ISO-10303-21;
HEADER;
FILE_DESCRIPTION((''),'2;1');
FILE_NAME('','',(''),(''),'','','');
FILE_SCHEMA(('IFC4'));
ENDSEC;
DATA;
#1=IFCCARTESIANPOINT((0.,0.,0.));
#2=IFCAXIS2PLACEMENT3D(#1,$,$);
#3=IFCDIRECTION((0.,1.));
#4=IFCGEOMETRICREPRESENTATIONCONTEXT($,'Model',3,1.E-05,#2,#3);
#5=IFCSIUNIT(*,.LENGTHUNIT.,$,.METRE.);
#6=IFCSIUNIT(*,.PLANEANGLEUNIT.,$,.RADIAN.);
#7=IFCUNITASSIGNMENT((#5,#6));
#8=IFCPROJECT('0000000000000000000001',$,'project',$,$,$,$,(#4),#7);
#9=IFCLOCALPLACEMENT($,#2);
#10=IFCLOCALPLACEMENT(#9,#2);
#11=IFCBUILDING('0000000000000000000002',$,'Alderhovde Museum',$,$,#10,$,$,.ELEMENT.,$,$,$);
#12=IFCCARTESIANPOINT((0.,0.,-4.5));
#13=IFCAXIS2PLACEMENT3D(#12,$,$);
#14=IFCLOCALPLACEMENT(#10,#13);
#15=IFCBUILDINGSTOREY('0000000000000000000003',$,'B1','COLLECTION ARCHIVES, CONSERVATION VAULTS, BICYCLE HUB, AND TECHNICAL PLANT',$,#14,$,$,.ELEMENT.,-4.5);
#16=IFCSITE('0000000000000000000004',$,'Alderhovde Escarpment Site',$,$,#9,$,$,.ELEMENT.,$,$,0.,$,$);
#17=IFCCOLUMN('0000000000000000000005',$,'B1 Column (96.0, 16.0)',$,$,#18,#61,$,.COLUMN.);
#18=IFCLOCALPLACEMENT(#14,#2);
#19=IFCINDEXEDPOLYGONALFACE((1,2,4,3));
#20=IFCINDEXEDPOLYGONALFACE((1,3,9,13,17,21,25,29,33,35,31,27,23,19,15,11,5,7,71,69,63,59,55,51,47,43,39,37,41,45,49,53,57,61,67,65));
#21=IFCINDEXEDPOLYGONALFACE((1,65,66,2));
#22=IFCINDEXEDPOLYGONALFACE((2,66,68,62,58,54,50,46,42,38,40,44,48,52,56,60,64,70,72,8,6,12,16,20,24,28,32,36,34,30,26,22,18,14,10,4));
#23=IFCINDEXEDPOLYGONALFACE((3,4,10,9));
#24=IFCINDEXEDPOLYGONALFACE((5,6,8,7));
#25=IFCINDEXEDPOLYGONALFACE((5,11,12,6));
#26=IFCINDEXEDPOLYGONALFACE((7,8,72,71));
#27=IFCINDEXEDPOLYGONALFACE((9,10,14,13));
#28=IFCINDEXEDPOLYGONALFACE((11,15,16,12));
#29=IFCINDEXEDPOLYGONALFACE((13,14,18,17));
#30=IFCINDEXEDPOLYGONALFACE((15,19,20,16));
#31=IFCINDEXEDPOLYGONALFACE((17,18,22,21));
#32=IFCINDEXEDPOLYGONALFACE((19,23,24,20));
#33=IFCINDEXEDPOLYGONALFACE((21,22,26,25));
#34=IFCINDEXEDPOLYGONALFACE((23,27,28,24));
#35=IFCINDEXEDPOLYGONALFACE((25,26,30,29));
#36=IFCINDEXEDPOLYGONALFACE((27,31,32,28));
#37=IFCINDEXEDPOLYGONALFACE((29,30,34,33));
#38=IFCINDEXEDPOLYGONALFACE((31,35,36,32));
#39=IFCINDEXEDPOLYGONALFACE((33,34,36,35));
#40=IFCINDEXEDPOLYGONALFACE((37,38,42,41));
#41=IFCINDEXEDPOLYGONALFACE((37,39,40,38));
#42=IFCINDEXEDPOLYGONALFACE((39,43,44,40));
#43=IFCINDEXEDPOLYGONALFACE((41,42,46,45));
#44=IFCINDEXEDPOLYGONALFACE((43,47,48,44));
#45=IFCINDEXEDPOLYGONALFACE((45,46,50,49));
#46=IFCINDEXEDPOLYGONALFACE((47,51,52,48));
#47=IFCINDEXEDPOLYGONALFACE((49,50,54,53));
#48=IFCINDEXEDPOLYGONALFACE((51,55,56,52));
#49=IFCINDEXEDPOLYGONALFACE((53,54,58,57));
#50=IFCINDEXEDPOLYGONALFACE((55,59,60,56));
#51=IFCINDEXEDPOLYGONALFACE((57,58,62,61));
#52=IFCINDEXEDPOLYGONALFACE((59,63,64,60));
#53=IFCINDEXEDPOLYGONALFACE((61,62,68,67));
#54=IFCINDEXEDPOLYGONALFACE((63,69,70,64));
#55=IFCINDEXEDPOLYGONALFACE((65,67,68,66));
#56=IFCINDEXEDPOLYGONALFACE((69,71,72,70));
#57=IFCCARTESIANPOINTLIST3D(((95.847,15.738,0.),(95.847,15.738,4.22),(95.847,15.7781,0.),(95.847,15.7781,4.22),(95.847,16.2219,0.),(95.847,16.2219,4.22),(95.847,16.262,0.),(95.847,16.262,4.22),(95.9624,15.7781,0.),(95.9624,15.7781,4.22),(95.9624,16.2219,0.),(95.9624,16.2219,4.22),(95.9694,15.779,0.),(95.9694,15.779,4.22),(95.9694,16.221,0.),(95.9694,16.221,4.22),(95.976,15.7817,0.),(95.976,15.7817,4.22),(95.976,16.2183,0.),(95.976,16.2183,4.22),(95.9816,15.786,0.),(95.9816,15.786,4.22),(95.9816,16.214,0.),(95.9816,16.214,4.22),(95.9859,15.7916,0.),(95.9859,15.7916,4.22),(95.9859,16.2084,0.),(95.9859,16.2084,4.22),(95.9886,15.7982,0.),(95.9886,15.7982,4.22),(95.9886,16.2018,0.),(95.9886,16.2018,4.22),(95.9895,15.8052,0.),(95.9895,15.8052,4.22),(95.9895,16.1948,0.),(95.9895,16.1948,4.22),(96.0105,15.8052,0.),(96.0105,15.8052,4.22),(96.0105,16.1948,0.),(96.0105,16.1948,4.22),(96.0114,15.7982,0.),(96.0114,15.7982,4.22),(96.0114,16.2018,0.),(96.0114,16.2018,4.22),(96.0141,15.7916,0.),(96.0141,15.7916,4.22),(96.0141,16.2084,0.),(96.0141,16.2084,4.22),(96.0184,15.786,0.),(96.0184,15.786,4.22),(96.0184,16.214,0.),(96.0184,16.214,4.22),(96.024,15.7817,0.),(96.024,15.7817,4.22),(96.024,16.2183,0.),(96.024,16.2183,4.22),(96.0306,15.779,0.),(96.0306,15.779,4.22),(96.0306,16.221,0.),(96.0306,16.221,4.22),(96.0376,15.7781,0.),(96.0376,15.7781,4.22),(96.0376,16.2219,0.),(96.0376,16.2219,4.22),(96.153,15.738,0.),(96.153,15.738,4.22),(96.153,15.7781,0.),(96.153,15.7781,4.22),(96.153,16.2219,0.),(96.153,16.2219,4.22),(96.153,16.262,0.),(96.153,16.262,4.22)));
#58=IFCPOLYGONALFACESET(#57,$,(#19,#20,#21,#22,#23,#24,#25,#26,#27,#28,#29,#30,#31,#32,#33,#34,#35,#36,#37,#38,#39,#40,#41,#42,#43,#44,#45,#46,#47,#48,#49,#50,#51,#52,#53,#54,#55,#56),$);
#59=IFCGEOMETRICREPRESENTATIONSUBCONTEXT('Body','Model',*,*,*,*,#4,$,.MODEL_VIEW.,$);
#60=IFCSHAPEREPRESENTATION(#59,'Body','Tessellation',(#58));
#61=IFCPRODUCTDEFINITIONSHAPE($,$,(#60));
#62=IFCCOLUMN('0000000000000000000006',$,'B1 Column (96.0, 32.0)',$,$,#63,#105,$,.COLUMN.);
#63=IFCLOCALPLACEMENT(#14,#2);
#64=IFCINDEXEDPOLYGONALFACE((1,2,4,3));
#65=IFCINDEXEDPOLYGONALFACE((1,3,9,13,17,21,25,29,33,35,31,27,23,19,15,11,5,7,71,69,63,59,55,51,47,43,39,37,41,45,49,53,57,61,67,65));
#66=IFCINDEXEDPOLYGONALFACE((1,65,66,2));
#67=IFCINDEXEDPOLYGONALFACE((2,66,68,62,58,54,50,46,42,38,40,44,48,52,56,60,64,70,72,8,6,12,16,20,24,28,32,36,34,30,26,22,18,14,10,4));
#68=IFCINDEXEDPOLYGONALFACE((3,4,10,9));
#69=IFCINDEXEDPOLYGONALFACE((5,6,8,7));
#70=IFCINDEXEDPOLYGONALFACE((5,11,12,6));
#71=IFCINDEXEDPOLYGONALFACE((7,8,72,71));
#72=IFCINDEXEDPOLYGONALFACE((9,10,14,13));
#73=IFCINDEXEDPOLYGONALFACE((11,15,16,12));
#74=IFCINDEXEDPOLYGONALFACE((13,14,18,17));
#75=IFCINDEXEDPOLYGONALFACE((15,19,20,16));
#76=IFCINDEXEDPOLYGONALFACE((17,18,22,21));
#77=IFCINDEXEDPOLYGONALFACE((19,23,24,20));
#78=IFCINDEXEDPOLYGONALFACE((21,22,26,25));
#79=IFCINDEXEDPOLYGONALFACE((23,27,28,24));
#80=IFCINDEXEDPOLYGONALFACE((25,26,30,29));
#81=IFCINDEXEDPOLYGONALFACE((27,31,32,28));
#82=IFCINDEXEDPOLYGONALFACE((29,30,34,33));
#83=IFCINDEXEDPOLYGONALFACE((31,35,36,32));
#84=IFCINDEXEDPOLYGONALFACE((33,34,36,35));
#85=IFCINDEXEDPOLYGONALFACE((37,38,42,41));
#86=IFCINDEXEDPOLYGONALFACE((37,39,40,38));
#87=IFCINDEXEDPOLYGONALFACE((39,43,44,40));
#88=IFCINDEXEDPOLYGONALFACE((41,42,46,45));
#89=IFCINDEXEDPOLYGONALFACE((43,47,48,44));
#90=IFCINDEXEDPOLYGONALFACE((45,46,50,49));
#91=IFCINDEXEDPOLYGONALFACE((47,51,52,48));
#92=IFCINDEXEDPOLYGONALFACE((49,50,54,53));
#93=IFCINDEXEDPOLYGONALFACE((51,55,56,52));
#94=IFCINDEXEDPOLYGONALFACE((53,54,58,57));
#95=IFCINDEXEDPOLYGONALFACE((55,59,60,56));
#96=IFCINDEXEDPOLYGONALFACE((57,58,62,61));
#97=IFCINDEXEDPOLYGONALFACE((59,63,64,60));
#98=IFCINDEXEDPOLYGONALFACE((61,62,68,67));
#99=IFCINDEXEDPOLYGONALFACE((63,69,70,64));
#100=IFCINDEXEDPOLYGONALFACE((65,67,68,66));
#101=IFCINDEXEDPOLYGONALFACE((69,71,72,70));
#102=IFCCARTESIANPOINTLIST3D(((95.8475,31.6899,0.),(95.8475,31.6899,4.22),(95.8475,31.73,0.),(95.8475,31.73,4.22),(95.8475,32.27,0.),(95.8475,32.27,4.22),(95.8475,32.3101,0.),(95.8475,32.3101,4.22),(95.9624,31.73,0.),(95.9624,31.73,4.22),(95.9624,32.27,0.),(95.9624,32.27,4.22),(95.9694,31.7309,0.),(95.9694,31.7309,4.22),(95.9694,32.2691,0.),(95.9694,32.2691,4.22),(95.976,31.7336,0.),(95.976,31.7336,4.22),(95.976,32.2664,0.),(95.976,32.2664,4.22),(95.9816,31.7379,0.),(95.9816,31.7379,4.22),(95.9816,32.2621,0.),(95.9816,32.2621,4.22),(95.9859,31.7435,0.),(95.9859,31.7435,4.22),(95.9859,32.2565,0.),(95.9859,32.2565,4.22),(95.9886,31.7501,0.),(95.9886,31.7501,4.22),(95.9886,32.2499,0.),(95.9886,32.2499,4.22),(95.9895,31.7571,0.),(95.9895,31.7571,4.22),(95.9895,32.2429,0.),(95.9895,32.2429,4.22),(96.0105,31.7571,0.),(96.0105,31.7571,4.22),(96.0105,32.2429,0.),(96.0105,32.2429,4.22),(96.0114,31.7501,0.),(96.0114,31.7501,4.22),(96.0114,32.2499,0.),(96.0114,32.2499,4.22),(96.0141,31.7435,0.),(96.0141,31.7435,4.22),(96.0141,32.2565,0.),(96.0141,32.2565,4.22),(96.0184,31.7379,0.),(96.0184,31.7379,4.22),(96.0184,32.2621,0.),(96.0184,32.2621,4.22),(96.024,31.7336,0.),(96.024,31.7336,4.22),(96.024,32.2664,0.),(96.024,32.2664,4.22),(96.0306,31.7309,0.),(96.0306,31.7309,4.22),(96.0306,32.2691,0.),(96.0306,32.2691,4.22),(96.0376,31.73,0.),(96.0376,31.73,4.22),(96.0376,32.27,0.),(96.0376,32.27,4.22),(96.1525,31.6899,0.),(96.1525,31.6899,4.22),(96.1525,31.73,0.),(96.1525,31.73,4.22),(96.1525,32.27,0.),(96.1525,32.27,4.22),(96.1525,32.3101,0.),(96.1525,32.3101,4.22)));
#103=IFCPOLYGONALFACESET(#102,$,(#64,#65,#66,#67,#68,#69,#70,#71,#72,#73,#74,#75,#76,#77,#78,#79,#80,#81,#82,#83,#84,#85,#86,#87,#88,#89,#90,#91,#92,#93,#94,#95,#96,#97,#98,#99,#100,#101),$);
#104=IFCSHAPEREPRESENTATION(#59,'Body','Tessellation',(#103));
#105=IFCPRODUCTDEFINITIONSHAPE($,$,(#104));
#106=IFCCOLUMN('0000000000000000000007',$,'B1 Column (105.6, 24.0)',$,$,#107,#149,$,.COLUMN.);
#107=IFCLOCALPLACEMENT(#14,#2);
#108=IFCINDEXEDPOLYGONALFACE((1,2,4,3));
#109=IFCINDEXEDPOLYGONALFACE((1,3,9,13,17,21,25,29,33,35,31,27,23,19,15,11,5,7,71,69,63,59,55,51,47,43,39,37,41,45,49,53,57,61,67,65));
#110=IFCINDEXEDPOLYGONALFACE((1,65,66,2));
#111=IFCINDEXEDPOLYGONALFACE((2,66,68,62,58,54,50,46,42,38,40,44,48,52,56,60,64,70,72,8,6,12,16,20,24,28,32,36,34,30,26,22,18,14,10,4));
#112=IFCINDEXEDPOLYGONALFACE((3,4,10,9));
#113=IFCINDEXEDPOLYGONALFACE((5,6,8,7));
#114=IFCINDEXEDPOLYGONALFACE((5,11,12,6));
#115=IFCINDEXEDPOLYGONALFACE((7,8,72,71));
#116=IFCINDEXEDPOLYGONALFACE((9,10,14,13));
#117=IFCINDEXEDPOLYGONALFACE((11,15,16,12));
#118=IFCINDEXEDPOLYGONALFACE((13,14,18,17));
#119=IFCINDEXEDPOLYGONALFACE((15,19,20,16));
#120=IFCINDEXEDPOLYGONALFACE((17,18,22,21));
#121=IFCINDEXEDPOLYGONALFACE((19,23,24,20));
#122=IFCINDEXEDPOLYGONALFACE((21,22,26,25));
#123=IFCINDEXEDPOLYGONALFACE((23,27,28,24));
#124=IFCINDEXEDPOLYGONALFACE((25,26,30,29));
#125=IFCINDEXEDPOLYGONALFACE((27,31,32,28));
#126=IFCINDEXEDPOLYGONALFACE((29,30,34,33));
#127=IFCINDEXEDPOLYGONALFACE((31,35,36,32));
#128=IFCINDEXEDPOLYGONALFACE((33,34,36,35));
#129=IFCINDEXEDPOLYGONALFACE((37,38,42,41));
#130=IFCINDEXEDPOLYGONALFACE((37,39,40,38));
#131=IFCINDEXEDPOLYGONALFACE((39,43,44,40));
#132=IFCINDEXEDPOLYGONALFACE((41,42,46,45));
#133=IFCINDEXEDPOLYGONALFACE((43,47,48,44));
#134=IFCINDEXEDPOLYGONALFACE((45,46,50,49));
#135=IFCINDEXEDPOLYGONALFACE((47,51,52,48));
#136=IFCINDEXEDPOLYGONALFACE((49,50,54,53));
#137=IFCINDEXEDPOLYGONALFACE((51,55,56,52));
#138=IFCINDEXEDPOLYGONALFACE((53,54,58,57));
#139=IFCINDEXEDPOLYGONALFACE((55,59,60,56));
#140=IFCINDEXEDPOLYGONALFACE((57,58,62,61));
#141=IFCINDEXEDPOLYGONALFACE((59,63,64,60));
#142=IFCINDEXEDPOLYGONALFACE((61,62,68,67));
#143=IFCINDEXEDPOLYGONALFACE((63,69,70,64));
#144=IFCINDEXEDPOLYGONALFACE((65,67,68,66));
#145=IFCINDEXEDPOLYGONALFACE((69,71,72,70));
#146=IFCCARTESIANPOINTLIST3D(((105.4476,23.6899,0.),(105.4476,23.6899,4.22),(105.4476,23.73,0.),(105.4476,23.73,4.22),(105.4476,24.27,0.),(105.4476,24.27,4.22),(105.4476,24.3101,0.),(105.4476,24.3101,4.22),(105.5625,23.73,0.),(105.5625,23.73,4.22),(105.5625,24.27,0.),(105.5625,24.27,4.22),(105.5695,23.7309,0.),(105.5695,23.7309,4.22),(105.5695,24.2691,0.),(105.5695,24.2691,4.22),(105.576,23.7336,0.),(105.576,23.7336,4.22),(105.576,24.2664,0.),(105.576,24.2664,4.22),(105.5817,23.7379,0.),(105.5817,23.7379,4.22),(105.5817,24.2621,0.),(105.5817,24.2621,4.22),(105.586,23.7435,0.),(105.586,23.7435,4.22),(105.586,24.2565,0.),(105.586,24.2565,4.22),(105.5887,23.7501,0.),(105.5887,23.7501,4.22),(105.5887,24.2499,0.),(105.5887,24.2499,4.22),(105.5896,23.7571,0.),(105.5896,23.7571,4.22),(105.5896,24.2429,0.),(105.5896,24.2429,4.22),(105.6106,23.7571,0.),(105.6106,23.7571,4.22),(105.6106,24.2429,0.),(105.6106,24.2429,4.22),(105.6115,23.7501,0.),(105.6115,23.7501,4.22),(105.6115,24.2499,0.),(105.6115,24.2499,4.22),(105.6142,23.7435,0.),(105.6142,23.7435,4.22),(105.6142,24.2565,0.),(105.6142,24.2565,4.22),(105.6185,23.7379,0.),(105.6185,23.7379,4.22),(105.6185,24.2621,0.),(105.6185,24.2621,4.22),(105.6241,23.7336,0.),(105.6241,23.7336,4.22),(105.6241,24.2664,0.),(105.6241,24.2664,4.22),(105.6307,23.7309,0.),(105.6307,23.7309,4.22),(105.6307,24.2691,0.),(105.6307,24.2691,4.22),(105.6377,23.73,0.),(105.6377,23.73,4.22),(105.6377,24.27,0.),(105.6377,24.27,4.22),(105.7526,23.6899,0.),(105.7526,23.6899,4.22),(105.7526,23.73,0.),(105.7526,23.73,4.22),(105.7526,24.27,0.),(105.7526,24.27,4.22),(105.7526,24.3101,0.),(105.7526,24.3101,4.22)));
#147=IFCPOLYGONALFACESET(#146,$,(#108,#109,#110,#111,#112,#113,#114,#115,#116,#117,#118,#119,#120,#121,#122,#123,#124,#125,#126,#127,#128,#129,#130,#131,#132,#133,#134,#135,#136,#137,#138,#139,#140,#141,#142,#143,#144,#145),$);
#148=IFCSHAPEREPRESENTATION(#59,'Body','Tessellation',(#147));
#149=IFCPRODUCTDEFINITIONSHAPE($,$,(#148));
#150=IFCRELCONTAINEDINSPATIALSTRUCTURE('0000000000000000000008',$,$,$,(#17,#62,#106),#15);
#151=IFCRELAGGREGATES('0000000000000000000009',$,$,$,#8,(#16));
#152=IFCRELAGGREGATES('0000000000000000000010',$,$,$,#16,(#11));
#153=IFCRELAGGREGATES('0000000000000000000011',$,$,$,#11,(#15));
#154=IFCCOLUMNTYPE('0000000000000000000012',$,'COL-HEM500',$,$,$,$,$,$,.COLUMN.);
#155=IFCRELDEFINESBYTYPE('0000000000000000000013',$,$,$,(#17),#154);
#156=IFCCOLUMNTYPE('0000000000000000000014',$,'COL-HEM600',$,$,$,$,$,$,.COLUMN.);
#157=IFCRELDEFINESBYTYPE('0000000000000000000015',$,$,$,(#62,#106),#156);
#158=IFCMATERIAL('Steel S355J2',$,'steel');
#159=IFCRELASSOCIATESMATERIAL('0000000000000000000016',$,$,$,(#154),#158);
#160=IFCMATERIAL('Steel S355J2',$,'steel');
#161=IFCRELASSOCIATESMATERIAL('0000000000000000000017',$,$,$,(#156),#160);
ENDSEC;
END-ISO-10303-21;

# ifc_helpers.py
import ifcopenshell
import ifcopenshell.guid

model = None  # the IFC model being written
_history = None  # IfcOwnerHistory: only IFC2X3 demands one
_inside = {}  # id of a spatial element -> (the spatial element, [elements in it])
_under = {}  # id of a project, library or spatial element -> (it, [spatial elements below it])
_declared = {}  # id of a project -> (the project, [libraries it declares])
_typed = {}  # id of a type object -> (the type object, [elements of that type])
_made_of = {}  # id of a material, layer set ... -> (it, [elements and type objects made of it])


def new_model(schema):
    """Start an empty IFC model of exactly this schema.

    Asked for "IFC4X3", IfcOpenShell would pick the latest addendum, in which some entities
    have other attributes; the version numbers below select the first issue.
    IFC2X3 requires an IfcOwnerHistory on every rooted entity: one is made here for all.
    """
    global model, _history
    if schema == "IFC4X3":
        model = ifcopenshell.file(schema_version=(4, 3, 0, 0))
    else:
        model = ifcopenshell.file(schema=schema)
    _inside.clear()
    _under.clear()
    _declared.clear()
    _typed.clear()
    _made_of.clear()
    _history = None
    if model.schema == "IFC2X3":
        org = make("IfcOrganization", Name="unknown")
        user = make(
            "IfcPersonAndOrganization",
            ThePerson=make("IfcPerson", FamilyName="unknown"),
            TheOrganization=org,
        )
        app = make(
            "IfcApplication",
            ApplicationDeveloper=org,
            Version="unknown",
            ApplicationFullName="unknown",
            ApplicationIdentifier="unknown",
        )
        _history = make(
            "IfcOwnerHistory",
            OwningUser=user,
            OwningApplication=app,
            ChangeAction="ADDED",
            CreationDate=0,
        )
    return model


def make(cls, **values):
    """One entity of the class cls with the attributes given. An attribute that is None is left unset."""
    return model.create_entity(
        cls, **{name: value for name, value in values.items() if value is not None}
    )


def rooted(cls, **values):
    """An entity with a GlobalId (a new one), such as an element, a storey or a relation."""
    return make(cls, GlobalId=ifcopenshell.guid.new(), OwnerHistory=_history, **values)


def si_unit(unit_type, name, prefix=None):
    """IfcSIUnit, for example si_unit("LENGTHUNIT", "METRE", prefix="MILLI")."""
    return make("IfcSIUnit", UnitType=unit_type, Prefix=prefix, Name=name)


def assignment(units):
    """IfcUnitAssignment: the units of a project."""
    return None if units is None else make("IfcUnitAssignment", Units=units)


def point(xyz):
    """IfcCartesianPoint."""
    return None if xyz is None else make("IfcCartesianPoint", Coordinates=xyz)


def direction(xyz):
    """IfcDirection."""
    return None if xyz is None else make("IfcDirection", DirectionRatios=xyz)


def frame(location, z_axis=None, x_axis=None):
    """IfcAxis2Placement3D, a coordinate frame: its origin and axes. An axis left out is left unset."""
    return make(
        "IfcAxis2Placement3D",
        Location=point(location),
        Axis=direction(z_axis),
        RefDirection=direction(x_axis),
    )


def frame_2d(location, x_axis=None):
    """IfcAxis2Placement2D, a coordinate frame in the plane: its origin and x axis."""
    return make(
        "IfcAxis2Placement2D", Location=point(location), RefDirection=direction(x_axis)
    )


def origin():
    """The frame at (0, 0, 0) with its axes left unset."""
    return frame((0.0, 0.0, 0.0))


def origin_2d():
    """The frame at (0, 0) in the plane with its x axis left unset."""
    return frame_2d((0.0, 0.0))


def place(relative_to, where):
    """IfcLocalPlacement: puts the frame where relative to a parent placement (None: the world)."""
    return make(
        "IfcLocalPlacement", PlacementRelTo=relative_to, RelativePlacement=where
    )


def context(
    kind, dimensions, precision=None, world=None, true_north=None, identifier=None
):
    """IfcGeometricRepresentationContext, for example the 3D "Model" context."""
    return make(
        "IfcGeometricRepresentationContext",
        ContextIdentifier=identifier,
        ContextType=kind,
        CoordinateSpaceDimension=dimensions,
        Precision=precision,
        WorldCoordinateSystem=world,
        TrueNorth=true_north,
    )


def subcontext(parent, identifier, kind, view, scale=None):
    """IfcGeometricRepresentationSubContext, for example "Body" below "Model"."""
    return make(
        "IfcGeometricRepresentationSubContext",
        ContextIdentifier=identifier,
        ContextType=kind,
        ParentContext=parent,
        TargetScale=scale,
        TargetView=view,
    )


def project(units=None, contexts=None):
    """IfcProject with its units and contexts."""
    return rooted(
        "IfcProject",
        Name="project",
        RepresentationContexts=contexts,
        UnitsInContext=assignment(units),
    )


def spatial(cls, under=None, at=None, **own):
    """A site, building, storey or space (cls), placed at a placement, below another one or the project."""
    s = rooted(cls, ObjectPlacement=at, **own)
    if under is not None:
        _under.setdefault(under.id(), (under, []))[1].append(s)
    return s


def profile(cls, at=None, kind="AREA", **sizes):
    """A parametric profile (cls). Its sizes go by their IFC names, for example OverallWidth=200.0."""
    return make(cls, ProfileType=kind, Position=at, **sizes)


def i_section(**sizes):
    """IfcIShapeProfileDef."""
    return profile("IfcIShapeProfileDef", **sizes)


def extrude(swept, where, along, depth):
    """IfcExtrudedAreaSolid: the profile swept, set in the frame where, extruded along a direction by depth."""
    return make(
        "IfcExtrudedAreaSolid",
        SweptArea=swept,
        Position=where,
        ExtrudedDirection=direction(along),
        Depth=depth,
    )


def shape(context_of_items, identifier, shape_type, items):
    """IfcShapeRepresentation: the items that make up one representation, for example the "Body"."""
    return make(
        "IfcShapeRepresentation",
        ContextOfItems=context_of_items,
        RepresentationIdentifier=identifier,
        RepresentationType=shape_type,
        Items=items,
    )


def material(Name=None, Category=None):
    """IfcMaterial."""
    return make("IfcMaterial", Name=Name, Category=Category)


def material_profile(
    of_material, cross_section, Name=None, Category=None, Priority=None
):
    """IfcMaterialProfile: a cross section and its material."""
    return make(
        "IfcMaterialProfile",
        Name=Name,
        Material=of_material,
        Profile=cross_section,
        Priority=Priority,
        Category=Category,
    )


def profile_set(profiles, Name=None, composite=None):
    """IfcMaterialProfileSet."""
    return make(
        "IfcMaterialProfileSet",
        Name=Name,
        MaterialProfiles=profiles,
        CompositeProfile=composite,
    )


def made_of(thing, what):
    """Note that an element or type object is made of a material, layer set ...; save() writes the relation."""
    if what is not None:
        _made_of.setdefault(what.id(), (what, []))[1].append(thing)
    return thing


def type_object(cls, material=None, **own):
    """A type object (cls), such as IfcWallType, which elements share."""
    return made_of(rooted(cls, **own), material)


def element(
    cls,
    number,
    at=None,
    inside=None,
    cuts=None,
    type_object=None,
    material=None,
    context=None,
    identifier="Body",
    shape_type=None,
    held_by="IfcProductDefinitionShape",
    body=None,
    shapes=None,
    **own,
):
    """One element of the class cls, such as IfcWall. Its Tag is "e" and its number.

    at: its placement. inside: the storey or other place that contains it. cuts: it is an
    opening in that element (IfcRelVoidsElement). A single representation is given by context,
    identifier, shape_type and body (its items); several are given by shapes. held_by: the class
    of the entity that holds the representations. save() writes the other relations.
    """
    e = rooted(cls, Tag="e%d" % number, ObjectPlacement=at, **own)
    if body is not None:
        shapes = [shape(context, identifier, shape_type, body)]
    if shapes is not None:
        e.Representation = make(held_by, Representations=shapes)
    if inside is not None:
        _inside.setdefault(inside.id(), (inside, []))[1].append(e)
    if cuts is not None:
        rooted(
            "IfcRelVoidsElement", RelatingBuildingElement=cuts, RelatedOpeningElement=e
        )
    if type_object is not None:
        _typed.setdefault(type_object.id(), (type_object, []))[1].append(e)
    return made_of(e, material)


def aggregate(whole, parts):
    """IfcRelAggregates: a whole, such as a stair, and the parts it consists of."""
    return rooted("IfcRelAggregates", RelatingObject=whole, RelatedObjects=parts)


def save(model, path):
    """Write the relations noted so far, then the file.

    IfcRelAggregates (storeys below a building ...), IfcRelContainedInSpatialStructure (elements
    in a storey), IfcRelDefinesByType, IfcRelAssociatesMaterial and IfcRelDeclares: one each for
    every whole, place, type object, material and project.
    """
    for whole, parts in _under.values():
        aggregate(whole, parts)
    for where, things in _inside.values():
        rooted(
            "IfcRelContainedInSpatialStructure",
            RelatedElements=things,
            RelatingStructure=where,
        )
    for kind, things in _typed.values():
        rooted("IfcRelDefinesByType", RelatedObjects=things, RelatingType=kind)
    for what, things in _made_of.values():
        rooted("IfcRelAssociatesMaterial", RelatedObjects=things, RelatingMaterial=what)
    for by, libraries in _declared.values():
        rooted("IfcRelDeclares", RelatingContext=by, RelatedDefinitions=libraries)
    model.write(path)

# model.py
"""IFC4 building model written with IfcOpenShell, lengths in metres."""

from ifc_helpers import new_model, si_unit, direction, frame, origin, origin_2d, place, context, subcontext, project, spatial, i_section, extrude, material, material_profile, profile_set, type_object, element, save


model = new_model("IFC4")

# Units and contexts
model_context = context("Model", 3, precision=1e-05, world=origin(), true_north=direction((0.0, 1.0)))
body_context = subcontext(model_context, "Body", "Model", "MODEL_VIEW")
ifc_project = project(units=[si_unit("LENGTHUNIT", "METRE"), si_unit("PLANEANGLEUNIT", "RADIAN")], contexts=[model_context])

# Site, building, storey
site_placement = place(None, origin())
site = spatial("IfcSite", under=ifc_project, at=site_placement, Name="Alderhovde Escarpment Site", CompositionType="ELEMENT", RefElevation=0.0)
building_placement = place(site_placement, origin())
building = spatial("IfcBuilding", under=site, at=building_placement, Name="Alderhovde Museum", CompositionType="ELEMENT")
storey_placement = place(building_placement, frame((0.0, 0.0, -4.5)))
storey = spatial("IfcBuildingStorey", under=building, at=storey_placement, Name="B1", Description="COLLECTION ARCHIVES, CONSERVATION VAULTS, BICYCLE HUB, AND TECHNICAL PLANT", CompositionType="ELEMENT", Elevation=-4.5)

# Columns
ifc_material_1 = material(Name="Steel S355J2", Category="steel")
ifc_material_profile_1 = material_profile(ifc_material_1, i_section(OverallWidth=0.3059, OverallDepth=0.5239, WebThickness=0.021, FlangeThickness=0.04, FilletRadius=0.0271, at=origin_2d()), Name="HEM 500")
ifc_profile_set_1 = profile_set([ifc_material_profile_1], Name="Steel S355J2")
column_type_1 = type_object("IfcColumnType", Name="COL-HEM500", PredefinedType="COLUMN", material=ifc_profile_set_1)
column_placement = place(storey_placement, frame((96.0, 16.0, 0.0), z_axis=(0.0, 0.0, 1.0), x_axis=(1.0, 0.0, 0.0)))
element("IfcColumn", 1, at=column_placement, inside=storey, type_object=column_type_1, Name="B1 Column (96.0, 16.0)", PredefinedType="COLUMN", context=body_context, shape_type="SweptSolid", body=[
    extrude(i_section(OverallWidth=0.3059, OverallDepth=0.5239, WebThickness=0.021, FlangeThickness=0.04, FilletRadius=0.0271, at=origin_2d()), origin(), (0.0, 0.0, 1.0), 4.22),
])
ifc_material_2 = material(Name="Steel S355J2", Category="steel")
ifc_material_profile_2 = material_profile(ifc_material_2, i_section(OverallWidth=0.3049, OverallDepth=0.6201, WebThickness=0.021, FlangeThickness=0.04, FilletRadius=0.0271, at=origin_2d()), Name="HEM 600")
ifc_profile_set_2 = profile_set([ifc_material_profile_2], Name="Steel S355J2")
column_type_2 = type_object("IfcColumnType", Name="COL-HEM600", PredefinedType="COLUMN", material=ifc_profile_set_2)
for number, where, z_axis, x_axis, name in (
    (2, (96.0, 32.0, 0.0), (0.0, 0.0, 1.0), (1.0, 0.0, 0.0), "B1 Column (96.0, 32.0)"),
    (3, (105.6001, 24.0, 0.0), (0.0, 0.0, 1.0), (1.0, 0.0, 0.0), "B1 Column (105.6, 24.0)"),
):
    element("IfcColumn", number, at=place(storey_placement, frame(where, z_axis=z_axis, x_axis=x_axis)), inside=storey, type_object=column_type_2, Name=name, PredefinedType="COLUMN", context=body_context, shape_type="SweptSolid", body=[
        extrude(i_section(OverallWidth=0.3049, OverallDepth=0.6201, WebThickness=0.021, FlangeThickness=0.04, FilletRadius=0.0271, at=origin_2d()), origin(), (0.0, 0.0, 1.0), 4.22),
    ])

save(model, "model.ifc")
